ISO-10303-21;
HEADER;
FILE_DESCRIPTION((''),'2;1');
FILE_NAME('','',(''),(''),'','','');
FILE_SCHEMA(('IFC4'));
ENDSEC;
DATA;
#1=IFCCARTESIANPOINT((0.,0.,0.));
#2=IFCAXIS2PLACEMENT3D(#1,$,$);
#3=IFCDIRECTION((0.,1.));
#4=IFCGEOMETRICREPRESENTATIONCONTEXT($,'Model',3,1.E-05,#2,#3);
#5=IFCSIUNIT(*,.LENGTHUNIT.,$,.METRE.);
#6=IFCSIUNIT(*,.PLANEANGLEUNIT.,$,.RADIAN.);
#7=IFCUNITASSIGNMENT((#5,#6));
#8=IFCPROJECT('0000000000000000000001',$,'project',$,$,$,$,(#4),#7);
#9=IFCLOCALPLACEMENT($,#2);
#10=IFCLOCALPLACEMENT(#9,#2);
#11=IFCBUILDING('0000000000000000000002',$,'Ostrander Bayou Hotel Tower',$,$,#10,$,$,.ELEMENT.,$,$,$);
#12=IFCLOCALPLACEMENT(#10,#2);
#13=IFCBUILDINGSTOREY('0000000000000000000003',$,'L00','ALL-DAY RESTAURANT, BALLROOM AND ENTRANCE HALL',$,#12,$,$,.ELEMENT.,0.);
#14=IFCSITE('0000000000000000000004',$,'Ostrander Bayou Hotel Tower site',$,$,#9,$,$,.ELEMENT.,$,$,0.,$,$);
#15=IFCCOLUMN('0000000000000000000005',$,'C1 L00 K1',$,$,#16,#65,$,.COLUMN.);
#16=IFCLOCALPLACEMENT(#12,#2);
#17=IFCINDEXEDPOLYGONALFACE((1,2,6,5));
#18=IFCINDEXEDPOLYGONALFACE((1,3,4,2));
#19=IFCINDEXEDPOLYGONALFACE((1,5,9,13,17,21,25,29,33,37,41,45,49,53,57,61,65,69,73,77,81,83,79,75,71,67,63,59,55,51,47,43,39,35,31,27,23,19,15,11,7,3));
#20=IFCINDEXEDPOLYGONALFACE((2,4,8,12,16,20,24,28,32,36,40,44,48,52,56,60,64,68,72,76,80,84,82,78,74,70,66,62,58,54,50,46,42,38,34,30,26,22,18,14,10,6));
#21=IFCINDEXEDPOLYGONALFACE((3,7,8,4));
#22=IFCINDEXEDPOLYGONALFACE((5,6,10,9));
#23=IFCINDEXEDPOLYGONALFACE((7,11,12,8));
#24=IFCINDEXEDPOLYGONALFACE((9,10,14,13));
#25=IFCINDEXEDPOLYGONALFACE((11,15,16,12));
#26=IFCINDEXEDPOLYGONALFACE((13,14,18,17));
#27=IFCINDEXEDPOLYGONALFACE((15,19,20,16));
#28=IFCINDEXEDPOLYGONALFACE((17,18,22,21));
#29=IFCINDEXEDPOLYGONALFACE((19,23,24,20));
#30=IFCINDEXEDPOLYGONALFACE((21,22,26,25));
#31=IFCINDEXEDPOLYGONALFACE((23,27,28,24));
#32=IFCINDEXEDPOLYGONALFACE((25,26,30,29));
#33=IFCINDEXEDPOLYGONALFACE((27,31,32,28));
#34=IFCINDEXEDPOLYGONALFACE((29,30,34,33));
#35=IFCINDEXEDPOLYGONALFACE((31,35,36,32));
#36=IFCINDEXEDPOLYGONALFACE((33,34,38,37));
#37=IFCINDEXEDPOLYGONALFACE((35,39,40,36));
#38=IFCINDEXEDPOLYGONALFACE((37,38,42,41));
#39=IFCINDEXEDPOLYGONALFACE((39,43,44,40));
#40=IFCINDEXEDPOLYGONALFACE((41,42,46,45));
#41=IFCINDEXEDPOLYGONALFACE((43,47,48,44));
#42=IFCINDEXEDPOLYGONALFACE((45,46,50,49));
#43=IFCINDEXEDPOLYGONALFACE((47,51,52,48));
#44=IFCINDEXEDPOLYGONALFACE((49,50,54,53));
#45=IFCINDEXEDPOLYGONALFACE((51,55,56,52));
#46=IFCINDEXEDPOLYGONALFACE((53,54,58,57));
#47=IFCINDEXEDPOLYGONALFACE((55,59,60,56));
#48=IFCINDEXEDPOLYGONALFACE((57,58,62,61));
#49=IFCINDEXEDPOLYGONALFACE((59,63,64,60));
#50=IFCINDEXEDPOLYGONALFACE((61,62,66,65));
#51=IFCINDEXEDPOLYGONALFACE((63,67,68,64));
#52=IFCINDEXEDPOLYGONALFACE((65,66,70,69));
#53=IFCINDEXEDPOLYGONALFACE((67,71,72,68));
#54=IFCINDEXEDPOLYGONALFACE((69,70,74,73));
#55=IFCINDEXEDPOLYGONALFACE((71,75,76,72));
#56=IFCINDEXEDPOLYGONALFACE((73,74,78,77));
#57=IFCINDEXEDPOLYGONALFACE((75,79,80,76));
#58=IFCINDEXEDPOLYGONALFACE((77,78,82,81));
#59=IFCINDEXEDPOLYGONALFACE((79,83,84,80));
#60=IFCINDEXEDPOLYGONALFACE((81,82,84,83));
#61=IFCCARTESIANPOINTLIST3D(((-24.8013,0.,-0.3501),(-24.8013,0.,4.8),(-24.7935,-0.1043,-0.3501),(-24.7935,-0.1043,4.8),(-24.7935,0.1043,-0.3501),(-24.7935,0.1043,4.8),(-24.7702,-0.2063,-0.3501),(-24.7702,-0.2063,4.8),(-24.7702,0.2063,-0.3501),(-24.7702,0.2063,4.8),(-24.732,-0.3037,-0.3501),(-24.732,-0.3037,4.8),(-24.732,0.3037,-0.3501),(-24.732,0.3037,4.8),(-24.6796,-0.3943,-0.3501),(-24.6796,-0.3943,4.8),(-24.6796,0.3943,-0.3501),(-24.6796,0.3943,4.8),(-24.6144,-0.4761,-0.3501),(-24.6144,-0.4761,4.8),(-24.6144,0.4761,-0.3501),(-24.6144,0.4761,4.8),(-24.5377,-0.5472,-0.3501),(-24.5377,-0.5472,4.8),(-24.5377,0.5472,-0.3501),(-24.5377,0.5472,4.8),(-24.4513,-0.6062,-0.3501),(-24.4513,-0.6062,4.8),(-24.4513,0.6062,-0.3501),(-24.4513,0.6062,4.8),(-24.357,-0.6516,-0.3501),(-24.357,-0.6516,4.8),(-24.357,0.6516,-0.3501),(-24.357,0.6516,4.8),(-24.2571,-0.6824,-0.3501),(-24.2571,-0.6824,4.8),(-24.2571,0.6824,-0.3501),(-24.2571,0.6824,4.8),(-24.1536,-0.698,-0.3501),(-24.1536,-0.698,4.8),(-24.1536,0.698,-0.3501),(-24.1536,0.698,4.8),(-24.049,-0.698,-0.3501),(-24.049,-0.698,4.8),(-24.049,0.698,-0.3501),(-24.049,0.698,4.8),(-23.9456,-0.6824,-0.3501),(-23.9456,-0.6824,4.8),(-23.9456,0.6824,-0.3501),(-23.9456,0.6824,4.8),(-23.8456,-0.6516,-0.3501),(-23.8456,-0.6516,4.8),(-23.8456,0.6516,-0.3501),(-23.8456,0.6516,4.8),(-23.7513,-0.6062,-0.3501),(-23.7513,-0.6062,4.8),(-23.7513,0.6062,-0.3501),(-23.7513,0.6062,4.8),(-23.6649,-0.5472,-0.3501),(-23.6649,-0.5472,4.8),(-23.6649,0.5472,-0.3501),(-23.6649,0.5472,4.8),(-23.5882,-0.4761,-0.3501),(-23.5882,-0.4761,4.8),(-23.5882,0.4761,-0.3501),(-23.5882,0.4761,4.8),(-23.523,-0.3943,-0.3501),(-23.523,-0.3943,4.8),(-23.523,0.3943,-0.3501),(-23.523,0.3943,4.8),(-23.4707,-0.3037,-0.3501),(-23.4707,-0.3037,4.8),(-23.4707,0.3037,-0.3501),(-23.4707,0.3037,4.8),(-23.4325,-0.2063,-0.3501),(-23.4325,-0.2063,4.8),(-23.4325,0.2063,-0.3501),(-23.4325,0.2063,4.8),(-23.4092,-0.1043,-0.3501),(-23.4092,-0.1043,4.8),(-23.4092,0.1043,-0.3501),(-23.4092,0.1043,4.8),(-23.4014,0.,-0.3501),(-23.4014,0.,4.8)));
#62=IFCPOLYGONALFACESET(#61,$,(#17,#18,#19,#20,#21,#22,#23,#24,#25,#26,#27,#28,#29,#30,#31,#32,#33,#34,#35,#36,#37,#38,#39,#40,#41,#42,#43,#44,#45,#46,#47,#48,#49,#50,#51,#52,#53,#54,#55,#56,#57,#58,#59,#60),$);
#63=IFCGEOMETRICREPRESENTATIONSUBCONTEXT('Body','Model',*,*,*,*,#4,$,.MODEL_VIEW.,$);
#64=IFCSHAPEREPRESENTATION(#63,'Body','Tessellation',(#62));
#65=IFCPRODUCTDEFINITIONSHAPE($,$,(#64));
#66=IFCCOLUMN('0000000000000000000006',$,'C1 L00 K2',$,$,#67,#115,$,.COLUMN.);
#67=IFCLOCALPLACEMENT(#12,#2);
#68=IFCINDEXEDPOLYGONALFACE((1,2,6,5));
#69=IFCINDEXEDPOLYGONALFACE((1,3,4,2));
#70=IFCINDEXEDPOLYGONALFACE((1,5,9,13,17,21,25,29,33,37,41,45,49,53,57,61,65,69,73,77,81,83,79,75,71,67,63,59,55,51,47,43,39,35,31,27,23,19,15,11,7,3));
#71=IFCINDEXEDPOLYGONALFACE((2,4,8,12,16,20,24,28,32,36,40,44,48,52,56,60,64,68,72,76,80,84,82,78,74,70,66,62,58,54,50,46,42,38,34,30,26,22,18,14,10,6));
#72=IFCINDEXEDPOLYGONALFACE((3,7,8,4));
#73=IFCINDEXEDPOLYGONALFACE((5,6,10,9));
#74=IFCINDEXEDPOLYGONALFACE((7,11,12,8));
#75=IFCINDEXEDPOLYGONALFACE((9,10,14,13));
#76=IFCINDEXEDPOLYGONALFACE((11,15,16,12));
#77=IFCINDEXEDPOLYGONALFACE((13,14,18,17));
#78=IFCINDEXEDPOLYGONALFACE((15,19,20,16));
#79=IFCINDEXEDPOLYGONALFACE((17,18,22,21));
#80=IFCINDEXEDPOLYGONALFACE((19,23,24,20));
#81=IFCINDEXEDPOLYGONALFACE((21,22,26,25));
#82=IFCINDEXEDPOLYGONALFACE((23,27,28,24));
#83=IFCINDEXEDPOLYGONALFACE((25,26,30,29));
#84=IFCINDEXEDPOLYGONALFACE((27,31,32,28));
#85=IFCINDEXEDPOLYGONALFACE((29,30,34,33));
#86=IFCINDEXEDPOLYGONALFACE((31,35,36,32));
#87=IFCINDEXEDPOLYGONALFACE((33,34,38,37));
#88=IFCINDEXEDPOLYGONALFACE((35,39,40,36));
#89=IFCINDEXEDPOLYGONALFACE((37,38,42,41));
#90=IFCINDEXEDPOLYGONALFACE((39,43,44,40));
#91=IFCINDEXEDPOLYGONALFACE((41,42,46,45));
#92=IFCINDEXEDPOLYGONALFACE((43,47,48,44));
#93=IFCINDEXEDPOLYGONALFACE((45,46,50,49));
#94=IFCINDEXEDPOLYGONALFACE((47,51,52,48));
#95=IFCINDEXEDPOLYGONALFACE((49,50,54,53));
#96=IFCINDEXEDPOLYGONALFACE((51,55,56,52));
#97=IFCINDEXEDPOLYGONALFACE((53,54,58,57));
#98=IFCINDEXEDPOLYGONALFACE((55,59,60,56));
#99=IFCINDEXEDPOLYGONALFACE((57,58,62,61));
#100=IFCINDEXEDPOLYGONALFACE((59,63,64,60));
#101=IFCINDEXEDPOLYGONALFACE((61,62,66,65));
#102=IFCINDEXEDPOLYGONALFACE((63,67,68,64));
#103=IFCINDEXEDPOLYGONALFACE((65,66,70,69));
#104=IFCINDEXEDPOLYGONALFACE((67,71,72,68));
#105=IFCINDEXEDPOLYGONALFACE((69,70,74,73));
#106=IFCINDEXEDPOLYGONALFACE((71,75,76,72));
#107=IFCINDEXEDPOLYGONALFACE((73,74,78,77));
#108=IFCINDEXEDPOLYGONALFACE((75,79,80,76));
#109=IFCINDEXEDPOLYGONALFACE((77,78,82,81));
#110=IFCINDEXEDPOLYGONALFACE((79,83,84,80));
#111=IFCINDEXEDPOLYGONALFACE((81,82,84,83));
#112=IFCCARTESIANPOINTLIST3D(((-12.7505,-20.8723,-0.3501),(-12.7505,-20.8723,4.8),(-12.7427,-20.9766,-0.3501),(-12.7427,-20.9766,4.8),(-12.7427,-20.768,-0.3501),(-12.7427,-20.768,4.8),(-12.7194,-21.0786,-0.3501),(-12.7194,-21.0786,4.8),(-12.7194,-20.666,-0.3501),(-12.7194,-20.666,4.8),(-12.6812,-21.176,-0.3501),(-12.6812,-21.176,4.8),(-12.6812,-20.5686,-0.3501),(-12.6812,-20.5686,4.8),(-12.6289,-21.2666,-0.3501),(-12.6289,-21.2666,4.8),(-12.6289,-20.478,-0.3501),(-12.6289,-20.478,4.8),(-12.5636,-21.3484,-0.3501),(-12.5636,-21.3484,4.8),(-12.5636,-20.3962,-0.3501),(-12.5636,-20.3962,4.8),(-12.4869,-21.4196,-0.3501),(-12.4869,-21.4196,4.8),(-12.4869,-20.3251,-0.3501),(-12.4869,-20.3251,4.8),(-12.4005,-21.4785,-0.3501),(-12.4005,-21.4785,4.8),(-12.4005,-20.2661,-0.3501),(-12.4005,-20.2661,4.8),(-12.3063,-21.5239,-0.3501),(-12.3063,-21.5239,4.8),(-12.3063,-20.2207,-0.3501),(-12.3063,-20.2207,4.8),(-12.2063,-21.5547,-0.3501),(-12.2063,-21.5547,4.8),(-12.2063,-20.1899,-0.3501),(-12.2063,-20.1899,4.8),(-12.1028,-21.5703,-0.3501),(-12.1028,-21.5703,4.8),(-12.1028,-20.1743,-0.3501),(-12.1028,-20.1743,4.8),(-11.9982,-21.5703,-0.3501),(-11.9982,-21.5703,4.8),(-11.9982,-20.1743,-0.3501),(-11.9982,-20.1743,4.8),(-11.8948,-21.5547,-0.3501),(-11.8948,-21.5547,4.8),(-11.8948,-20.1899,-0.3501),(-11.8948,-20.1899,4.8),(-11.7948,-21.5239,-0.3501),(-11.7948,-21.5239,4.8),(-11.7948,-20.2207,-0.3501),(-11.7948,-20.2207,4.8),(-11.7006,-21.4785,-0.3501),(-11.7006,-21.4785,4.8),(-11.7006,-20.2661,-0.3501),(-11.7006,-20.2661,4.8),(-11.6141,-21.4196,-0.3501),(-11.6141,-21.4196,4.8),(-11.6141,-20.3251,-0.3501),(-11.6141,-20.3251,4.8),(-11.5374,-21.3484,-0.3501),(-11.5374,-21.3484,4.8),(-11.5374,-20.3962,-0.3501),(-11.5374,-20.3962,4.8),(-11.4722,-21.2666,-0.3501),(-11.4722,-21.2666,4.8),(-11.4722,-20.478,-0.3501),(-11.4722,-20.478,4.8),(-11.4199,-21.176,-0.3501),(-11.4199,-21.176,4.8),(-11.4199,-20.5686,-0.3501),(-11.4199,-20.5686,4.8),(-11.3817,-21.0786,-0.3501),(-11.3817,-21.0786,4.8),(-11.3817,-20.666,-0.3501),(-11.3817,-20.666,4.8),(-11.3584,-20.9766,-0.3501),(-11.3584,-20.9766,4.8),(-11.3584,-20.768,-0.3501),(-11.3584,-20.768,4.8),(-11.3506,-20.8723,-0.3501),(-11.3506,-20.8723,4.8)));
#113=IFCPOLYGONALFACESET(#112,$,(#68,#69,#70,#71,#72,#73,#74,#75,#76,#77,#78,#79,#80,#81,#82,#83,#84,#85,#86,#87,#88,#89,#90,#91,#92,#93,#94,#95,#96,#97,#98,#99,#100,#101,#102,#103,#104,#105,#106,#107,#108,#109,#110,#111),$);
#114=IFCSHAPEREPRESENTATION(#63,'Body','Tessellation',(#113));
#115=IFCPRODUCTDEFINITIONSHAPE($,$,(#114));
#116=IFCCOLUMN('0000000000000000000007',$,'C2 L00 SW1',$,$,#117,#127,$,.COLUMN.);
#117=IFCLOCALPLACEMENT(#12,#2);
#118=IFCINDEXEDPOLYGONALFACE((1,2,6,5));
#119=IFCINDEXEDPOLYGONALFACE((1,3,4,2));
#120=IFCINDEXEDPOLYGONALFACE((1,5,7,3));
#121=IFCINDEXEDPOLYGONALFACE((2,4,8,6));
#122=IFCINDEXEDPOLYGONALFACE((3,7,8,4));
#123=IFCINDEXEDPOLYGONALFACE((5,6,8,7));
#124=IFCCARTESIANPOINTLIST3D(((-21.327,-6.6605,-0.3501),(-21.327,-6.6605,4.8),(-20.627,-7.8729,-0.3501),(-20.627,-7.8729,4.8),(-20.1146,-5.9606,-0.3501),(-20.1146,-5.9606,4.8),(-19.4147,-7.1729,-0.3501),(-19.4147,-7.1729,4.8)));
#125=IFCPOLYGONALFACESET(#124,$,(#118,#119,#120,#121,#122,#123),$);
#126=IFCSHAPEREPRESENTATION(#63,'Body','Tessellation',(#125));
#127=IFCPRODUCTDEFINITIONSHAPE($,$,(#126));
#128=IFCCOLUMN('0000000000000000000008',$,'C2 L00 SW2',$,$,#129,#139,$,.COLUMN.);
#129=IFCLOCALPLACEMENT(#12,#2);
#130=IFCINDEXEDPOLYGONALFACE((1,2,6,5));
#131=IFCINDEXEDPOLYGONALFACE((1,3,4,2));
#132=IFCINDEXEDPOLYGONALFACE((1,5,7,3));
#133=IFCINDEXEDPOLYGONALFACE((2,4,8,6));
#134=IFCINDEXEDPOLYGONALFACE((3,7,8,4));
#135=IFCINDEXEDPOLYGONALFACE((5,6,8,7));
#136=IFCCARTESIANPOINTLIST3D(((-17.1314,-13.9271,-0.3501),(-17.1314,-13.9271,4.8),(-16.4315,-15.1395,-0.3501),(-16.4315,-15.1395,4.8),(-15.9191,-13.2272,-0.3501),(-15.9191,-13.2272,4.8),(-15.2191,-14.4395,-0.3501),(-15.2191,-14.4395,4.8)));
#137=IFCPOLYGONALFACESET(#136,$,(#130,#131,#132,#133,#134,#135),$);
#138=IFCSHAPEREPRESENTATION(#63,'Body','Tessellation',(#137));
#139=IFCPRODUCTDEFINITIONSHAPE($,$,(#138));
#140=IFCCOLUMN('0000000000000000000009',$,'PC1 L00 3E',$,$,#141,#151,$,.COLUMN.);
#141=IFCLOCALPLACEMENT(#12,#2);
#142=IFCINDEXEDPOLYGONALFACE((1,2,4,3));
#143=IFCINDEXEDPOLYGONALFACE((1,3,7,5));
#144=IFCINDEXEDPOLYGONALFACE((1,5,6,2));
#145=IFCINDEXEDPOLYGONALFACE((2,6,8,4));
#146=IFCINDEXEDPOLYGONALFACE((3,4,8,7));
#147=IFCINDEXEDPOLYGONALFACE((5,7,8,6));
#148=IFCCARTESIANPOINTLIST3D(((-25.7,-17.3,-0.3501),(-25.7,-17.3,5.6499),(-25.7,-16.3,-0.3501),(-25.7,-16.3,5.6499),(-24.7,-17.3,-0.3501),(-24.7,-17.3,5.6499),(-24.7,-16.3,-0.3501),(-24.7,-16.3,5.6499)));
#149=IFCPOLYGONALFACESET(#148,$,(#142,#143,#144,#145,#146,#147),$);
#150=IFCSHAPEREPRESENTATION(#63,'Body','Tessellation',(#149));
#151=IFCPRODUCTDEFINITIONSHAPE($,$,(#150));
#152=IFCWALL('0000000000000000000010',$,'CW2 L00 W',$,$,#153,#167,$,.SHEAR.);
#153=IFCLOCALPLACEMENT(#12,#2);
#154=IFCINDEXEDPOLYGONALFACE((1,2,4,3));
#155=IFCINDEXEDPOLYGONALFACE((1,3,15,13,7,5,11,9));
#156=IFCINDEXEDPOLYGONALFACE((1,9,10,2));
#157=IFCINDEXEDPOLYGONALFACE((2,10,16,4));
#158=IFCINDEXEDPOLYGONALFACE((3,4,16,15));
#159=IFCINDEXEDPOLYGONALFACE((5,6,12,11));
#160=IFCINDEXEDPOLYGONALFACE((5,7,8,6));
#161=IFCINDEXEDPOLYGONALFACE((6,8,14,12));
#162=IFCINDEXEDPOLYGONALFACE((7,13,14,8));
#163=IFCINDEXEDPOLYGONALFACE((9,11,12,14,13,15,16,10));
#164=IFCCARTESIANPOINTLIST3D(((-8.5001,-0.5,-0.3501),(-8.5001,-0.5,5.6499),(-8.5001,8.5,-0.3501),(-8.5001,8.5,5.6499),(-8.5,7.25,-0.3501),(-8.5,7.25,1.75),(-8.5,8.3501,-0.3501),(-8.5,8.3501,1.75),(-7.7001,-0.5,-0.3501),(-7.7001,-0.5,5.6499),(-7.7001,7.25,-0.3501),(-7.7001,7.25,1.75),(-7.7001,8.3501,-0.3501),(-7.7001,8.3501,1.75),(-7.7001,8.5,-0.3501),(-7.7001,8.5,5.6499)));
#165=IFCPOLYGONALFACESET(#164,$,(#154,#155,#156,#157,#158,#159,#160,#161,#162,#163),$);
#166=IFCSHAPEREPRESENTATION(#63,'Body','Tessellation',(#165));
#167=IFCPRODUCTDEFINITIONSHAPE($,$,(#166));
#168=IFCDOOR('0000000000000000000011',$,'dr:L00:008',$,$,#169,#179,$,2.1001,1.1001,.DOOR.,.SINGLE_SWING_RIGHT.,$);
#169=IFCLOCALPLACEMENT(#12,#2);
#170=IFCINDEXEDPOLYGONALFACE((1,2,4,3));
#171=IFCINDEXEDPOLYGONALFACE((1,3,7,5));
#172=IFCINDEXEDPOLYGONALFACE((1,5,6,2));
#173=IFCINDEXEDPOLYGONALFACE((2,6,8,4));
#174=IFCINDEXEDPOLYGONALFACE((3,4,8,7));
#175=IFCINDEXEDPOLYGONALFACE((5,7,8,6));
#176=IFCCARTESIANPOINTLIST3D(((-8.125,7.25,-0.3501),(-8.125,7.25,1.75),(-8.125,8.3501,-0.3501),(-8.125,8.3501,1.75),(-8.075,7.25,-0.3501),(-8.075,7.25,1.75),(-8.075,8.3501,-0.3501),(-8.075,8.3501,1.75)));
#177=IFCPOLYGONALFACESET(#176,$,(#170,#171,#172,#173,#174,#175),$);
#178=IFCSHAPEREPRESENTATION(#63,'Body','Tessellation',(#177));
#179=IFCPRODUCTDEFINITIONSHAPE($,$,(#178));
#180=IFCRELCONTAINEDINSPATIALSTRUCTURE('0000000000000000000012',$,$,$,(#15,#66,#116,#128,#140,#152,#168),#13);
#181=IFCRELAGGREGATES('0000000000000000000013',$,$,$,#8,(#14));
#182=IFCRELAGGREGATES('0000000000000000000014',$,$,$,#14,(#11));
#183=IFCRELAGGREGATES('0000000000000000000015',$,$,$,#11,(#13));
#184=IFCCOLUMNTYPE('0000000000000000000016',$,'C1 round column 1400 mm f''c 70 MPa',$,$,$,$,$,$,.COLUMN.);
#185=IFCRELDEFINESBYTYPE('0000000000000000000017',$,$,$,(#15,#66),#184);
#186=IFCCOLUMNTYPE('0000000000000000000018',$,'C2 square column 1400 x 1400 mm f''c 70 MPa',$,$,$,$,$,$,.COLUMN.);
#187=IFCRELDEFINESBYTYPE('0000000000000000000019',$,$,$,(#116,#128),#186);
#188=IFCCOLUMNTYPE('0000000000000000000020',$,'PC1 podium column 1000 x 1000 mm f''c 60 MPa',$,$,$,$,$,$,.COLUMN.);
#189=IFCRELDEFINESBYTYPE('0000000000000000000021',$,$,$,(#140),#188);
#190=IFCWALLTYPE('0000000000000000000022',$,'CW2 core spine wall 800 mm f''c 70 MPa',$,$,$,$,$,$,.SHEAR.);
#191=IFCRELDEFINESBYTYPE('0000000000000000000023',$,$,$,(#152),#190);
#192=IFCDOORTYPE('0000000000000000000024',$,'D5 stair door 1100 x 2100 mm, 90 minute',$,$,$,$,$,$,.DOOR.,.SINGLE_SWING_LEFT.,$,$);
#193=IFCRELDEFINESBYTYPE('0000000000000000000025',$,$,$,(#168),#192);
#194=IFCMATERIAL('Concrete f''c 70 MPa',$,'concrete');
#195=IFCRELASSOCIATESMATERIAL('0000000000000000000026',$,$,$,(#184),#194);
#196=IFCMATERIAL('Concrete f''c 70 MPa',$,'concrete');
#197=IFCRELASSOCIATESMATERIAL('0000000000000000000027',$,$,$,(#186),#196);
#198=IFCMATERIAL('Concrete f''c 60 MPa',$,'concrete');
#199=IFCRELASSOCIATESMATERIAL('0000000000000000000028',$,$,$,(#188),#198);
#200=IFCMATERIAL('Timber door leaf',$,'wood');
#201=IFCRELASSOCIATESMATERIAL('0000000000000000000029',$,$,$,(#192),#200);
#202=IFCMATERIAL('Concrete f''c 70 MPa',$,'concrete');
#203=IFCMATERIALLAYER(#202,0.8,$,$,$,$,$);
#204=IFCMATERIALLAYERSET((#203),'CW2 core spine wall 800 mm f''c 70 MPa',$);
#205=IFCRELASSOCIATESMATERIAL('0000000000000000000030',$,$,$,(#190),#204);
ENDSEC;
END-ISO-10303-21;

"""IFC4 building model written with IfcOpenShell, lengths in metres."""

from ifc_helpers import new_model, si_unit, direction, frame, frame_2d, origin, origin_2d, place, context, subcontext, project, spatial, rectangle, circle, extrude, material, layer, layer_set, material_profile, profile_set, type_object, element, fill, save


model = new_model("IFC4")

# Units and contexts
model_context = context("Model", 3, precision=1e-05, world=origin(), true_north=direction((0.0, 1.0)))
body_context = subcontext(model_context, "Body", "Model", "MODEL_VIEW")
ifc_project = project(units=[si_unit("LENGTHUNIT", "METRE"), si_unit("PLANEANGLEUNIT", "RADIAN")], contexts=[model_context])

# Site, building, storey
site_placement = place(None, origin())
site = spatial("IfcSite", under=ifc_project, at=site_placement, Name="Ostrander Bayou Hotel Tower site", CompositionType="ELEMENT", RefElevation=0.0)
building_placement = place(site_placement, origin())
building = spatial("IfcBuilding", under=site, at=building_placement, Name="Ostrander Bayou Hotel Tower", CompositionType="ELEMENT")
storey_placement = place(building_placement, origin())
storey = spatial("IfcBuildingStorey", under=building, at=storey_placement, Name="L00", Description="ALL-DAY RESTAURANT, BALLROOM AND ENTRANCE HALL", CompositionType="ELEMENT", Elevation=0.0)

# Columns
ifc_material_1 = material(Name="Concrete f'c 70 MPa", Category="concrete")
ifc_material_profile_1 = material_profile(ifc_material_1, circle(Radius=0.7, at=origin_2d()))
ifc_profile_set_1 = profile_set([ifc_material_profile_1], Name="Concrete f'c 70 MPa")
column_type_1 = type_object("IfcColumnType", Name="C1 round column 1400 mm f'c 70 MPa", PredefinedType="COLUMN", material=ifc_profile_set_1)
for number, where, z_axis, x_axis, name in (
    (1, (-24.1013, 0.0, -0.3501), (0.0, 0.0, 1.0), (1.0, 0.0, 0.0), "C1 L00 K1"),
    (2, (-12.0505, -20.8723, -0.3501), (0.0, 0.0, 1.0), (1.0, 0.0, 0.0), "C1 L00 K2"),
):
    element("IfcColumn", number, at=place(storey_placement, frame(where, z_axis=z_axis, x_axis=x_axis)), inside=storey, type_object=column_type_1, Name=name, PredefinedType="COLUMN", context=body_context, shape_type="SweptSolid", body=[
        extrude(circle(Radius=0.7, at=origin_2d()), origin(), (0.0, 0.0, 1.0), 5.1501),
    ])
ifc_material_2 = material(Name="Concrete f'c 70 MPa", Category="concrete")
ifc_material_profile_2 = material_profile(ifc_material_2, rectangle(XDim=1.3999, YDim=1.3999, at=origin_2d()))
ifc_profile_set_2 = profile_set([ifc_material_profile_2], Name="Concrete f'c 70 MPa")
column_type_2 = type_object("IfcColumnType", Name="C2 square column 1400 x 1400 mm f'c 70 MPa", PredefinedType="COLUMN", material=ifc_profile_set_2)
for number, where, z_axis, x_axis, name in (
    (3, (-20.3708, -6.9167, -0.3501), (0.0, 0.0, 1.0), (-0.5, 0.866025, 0.0), "C2 L00 SW1"),
    (4, (-16.1753, -14.1833, -0.3501), (0.0, 0.0, 1.0), (-0.5, 0.866025, 0.0), "C2 L00 SW2"),
):
    element("IfcColumn", number, at=place(storey_placement, frame(where, z_axis=z_axis, x_axis=x_axis)), inside=storey, type_object=column_type_2, Name=name, PredefinedType="COLUMN", context=body_context, shape_type="SweptSolid", body=[
        extrude(rectangle(XDim=1.3999, YDim=1.3999, at=origin_2d()), origin(), (0.0, 0.0, 1.0), 5.1501),
    ])
ifc_material_3 = material(Name="Concrete f'c 60 MPa", Category="concrete")
ifc_material_profile_3 = material_profile(ifc_material_3, rectangle(XDim=1.0, YDim=1.0, at=origin_2d()))
ifc_profile_set_3 = profile_set([ifc_material_profile_3], Name="Concrete f'c 60 MPa")
column_type_3 = type_object("IfcColumnType", Name="PC1 podium column 1000 x 1000 mm f'c 60 MPa", PredefinedType="COLUMN", material=ifc_profile_set_3)
column_placement = place(storey_placement, frame((-25.2, -16.8, -0.3501), z_axis=(0.0, 0.0, 1.0), x_axis=(1.0, 0.0, 0.0)))
element("IfcColumn", 5, at=column_placement, inside=storey, type_object=column_type_3, Name="PC1 L00 3E", PredefinedType="COLUMN", context=body_context, shape_type="SweptSolid", body=[
    extrude(rectangle(XDim=1.0, YDim=1.0, at=origin_2d()), origin(), (0.0, 0.0, 1.0), 6.0),
])

# Shared definitions
ifc_material_4 = material(Name="Timber door leaf", Category="wood")
door_type_1 = type_object("IfcDoorType", Name="D5 stair door 1100 x 2100 mm, 90 minute", OperationType="SINGLE_SWING_LEFT", PredefinedType="DOOR", material=ifc_material_4)

# Wall, opening, door
ifc_material_5 = material(Name="Concrete f'c 70 MPa", Category="concrete")
ifc_layer_1 = layer(ifc_material_5, 0.8)
ifc_layer_set_1 = layer_set([ifc_layer_1], Name="CW2 core spine wall 800 mm f'c 70 MPa")
wall_type_1 = type_object("IfcWallType", Name="CW2 core spine wall 800 mm f'c 70 MPa", PredefinedType="SHEAR", material=ifc_layer_set_1)
wall_1_placement = place(storey_placement, frame((-8.1001, -0.5, -0.3501), z_axis=(0.0, 0.0, 1.0), x_axis=(0.0, 1.0, 0.0)))
wall_1 = element("IfcWall", 6, at=wall_1_placement, inside=storey, type_object=wall_type_1, Name="CW2 L00 W", PredefinedType="SHEAR", context=body_context, shape_type="SweptSolid", body=[
    extrude(rectangle(XDim=9.0, YDim=0.8, at=frame_2d((4.5, 0.0))), origin(), (0.0, 0.0, 1.0), 6.0),
])
opening_1_placement = place(wall_1_placement, frame((7.75, 0.0, 0.0)))
opening_1 = element("IfcOpeningElement", 7, at=opening_1_placement, cuts=wall_1, PredefinedType="OPENING", context=body_context, shape_type="SweptSolid", body=[
    extrude(rectangle(XDim=1.1001, YDim=2.1001, at=frame_2d((0.55, 1.05))), frame((0.0, 0.3999, 0.0), z_axis=(0.0, -1.0, 0.0), x_axis=(1.0, 0.0, 0.0)), (0.0, 0.0, 1.0), 0.8),
])
door_1_placement = place(opening_1_placement, origin())
door_1 = element("IfcDoor", 8, at=door_1_placement, inside=storey, type_object=door_type_1, Name="dr:L00:008", OperationType="SINGLE_SWING_RIGHT", OverallHeight=2.1001, OverallWidth=1.1001, PredefinedType="DOOR", context=body_context, shape_type="SweptSolid", body=[
    extrude(rectangle(XDim=1.1001, YDim=2.1001, at=frame_2d((0.55, 1.05))), frame((0.0, 0.0249, 0.0), z_axis=(0.0, -1.0, 0.0), x_axis=(1.0, 0.0, 0.0)), (0.0, 0.0, 1.0), 0.05),
])
fill(opening_1, door_1)

save(model, "model.ifc")
